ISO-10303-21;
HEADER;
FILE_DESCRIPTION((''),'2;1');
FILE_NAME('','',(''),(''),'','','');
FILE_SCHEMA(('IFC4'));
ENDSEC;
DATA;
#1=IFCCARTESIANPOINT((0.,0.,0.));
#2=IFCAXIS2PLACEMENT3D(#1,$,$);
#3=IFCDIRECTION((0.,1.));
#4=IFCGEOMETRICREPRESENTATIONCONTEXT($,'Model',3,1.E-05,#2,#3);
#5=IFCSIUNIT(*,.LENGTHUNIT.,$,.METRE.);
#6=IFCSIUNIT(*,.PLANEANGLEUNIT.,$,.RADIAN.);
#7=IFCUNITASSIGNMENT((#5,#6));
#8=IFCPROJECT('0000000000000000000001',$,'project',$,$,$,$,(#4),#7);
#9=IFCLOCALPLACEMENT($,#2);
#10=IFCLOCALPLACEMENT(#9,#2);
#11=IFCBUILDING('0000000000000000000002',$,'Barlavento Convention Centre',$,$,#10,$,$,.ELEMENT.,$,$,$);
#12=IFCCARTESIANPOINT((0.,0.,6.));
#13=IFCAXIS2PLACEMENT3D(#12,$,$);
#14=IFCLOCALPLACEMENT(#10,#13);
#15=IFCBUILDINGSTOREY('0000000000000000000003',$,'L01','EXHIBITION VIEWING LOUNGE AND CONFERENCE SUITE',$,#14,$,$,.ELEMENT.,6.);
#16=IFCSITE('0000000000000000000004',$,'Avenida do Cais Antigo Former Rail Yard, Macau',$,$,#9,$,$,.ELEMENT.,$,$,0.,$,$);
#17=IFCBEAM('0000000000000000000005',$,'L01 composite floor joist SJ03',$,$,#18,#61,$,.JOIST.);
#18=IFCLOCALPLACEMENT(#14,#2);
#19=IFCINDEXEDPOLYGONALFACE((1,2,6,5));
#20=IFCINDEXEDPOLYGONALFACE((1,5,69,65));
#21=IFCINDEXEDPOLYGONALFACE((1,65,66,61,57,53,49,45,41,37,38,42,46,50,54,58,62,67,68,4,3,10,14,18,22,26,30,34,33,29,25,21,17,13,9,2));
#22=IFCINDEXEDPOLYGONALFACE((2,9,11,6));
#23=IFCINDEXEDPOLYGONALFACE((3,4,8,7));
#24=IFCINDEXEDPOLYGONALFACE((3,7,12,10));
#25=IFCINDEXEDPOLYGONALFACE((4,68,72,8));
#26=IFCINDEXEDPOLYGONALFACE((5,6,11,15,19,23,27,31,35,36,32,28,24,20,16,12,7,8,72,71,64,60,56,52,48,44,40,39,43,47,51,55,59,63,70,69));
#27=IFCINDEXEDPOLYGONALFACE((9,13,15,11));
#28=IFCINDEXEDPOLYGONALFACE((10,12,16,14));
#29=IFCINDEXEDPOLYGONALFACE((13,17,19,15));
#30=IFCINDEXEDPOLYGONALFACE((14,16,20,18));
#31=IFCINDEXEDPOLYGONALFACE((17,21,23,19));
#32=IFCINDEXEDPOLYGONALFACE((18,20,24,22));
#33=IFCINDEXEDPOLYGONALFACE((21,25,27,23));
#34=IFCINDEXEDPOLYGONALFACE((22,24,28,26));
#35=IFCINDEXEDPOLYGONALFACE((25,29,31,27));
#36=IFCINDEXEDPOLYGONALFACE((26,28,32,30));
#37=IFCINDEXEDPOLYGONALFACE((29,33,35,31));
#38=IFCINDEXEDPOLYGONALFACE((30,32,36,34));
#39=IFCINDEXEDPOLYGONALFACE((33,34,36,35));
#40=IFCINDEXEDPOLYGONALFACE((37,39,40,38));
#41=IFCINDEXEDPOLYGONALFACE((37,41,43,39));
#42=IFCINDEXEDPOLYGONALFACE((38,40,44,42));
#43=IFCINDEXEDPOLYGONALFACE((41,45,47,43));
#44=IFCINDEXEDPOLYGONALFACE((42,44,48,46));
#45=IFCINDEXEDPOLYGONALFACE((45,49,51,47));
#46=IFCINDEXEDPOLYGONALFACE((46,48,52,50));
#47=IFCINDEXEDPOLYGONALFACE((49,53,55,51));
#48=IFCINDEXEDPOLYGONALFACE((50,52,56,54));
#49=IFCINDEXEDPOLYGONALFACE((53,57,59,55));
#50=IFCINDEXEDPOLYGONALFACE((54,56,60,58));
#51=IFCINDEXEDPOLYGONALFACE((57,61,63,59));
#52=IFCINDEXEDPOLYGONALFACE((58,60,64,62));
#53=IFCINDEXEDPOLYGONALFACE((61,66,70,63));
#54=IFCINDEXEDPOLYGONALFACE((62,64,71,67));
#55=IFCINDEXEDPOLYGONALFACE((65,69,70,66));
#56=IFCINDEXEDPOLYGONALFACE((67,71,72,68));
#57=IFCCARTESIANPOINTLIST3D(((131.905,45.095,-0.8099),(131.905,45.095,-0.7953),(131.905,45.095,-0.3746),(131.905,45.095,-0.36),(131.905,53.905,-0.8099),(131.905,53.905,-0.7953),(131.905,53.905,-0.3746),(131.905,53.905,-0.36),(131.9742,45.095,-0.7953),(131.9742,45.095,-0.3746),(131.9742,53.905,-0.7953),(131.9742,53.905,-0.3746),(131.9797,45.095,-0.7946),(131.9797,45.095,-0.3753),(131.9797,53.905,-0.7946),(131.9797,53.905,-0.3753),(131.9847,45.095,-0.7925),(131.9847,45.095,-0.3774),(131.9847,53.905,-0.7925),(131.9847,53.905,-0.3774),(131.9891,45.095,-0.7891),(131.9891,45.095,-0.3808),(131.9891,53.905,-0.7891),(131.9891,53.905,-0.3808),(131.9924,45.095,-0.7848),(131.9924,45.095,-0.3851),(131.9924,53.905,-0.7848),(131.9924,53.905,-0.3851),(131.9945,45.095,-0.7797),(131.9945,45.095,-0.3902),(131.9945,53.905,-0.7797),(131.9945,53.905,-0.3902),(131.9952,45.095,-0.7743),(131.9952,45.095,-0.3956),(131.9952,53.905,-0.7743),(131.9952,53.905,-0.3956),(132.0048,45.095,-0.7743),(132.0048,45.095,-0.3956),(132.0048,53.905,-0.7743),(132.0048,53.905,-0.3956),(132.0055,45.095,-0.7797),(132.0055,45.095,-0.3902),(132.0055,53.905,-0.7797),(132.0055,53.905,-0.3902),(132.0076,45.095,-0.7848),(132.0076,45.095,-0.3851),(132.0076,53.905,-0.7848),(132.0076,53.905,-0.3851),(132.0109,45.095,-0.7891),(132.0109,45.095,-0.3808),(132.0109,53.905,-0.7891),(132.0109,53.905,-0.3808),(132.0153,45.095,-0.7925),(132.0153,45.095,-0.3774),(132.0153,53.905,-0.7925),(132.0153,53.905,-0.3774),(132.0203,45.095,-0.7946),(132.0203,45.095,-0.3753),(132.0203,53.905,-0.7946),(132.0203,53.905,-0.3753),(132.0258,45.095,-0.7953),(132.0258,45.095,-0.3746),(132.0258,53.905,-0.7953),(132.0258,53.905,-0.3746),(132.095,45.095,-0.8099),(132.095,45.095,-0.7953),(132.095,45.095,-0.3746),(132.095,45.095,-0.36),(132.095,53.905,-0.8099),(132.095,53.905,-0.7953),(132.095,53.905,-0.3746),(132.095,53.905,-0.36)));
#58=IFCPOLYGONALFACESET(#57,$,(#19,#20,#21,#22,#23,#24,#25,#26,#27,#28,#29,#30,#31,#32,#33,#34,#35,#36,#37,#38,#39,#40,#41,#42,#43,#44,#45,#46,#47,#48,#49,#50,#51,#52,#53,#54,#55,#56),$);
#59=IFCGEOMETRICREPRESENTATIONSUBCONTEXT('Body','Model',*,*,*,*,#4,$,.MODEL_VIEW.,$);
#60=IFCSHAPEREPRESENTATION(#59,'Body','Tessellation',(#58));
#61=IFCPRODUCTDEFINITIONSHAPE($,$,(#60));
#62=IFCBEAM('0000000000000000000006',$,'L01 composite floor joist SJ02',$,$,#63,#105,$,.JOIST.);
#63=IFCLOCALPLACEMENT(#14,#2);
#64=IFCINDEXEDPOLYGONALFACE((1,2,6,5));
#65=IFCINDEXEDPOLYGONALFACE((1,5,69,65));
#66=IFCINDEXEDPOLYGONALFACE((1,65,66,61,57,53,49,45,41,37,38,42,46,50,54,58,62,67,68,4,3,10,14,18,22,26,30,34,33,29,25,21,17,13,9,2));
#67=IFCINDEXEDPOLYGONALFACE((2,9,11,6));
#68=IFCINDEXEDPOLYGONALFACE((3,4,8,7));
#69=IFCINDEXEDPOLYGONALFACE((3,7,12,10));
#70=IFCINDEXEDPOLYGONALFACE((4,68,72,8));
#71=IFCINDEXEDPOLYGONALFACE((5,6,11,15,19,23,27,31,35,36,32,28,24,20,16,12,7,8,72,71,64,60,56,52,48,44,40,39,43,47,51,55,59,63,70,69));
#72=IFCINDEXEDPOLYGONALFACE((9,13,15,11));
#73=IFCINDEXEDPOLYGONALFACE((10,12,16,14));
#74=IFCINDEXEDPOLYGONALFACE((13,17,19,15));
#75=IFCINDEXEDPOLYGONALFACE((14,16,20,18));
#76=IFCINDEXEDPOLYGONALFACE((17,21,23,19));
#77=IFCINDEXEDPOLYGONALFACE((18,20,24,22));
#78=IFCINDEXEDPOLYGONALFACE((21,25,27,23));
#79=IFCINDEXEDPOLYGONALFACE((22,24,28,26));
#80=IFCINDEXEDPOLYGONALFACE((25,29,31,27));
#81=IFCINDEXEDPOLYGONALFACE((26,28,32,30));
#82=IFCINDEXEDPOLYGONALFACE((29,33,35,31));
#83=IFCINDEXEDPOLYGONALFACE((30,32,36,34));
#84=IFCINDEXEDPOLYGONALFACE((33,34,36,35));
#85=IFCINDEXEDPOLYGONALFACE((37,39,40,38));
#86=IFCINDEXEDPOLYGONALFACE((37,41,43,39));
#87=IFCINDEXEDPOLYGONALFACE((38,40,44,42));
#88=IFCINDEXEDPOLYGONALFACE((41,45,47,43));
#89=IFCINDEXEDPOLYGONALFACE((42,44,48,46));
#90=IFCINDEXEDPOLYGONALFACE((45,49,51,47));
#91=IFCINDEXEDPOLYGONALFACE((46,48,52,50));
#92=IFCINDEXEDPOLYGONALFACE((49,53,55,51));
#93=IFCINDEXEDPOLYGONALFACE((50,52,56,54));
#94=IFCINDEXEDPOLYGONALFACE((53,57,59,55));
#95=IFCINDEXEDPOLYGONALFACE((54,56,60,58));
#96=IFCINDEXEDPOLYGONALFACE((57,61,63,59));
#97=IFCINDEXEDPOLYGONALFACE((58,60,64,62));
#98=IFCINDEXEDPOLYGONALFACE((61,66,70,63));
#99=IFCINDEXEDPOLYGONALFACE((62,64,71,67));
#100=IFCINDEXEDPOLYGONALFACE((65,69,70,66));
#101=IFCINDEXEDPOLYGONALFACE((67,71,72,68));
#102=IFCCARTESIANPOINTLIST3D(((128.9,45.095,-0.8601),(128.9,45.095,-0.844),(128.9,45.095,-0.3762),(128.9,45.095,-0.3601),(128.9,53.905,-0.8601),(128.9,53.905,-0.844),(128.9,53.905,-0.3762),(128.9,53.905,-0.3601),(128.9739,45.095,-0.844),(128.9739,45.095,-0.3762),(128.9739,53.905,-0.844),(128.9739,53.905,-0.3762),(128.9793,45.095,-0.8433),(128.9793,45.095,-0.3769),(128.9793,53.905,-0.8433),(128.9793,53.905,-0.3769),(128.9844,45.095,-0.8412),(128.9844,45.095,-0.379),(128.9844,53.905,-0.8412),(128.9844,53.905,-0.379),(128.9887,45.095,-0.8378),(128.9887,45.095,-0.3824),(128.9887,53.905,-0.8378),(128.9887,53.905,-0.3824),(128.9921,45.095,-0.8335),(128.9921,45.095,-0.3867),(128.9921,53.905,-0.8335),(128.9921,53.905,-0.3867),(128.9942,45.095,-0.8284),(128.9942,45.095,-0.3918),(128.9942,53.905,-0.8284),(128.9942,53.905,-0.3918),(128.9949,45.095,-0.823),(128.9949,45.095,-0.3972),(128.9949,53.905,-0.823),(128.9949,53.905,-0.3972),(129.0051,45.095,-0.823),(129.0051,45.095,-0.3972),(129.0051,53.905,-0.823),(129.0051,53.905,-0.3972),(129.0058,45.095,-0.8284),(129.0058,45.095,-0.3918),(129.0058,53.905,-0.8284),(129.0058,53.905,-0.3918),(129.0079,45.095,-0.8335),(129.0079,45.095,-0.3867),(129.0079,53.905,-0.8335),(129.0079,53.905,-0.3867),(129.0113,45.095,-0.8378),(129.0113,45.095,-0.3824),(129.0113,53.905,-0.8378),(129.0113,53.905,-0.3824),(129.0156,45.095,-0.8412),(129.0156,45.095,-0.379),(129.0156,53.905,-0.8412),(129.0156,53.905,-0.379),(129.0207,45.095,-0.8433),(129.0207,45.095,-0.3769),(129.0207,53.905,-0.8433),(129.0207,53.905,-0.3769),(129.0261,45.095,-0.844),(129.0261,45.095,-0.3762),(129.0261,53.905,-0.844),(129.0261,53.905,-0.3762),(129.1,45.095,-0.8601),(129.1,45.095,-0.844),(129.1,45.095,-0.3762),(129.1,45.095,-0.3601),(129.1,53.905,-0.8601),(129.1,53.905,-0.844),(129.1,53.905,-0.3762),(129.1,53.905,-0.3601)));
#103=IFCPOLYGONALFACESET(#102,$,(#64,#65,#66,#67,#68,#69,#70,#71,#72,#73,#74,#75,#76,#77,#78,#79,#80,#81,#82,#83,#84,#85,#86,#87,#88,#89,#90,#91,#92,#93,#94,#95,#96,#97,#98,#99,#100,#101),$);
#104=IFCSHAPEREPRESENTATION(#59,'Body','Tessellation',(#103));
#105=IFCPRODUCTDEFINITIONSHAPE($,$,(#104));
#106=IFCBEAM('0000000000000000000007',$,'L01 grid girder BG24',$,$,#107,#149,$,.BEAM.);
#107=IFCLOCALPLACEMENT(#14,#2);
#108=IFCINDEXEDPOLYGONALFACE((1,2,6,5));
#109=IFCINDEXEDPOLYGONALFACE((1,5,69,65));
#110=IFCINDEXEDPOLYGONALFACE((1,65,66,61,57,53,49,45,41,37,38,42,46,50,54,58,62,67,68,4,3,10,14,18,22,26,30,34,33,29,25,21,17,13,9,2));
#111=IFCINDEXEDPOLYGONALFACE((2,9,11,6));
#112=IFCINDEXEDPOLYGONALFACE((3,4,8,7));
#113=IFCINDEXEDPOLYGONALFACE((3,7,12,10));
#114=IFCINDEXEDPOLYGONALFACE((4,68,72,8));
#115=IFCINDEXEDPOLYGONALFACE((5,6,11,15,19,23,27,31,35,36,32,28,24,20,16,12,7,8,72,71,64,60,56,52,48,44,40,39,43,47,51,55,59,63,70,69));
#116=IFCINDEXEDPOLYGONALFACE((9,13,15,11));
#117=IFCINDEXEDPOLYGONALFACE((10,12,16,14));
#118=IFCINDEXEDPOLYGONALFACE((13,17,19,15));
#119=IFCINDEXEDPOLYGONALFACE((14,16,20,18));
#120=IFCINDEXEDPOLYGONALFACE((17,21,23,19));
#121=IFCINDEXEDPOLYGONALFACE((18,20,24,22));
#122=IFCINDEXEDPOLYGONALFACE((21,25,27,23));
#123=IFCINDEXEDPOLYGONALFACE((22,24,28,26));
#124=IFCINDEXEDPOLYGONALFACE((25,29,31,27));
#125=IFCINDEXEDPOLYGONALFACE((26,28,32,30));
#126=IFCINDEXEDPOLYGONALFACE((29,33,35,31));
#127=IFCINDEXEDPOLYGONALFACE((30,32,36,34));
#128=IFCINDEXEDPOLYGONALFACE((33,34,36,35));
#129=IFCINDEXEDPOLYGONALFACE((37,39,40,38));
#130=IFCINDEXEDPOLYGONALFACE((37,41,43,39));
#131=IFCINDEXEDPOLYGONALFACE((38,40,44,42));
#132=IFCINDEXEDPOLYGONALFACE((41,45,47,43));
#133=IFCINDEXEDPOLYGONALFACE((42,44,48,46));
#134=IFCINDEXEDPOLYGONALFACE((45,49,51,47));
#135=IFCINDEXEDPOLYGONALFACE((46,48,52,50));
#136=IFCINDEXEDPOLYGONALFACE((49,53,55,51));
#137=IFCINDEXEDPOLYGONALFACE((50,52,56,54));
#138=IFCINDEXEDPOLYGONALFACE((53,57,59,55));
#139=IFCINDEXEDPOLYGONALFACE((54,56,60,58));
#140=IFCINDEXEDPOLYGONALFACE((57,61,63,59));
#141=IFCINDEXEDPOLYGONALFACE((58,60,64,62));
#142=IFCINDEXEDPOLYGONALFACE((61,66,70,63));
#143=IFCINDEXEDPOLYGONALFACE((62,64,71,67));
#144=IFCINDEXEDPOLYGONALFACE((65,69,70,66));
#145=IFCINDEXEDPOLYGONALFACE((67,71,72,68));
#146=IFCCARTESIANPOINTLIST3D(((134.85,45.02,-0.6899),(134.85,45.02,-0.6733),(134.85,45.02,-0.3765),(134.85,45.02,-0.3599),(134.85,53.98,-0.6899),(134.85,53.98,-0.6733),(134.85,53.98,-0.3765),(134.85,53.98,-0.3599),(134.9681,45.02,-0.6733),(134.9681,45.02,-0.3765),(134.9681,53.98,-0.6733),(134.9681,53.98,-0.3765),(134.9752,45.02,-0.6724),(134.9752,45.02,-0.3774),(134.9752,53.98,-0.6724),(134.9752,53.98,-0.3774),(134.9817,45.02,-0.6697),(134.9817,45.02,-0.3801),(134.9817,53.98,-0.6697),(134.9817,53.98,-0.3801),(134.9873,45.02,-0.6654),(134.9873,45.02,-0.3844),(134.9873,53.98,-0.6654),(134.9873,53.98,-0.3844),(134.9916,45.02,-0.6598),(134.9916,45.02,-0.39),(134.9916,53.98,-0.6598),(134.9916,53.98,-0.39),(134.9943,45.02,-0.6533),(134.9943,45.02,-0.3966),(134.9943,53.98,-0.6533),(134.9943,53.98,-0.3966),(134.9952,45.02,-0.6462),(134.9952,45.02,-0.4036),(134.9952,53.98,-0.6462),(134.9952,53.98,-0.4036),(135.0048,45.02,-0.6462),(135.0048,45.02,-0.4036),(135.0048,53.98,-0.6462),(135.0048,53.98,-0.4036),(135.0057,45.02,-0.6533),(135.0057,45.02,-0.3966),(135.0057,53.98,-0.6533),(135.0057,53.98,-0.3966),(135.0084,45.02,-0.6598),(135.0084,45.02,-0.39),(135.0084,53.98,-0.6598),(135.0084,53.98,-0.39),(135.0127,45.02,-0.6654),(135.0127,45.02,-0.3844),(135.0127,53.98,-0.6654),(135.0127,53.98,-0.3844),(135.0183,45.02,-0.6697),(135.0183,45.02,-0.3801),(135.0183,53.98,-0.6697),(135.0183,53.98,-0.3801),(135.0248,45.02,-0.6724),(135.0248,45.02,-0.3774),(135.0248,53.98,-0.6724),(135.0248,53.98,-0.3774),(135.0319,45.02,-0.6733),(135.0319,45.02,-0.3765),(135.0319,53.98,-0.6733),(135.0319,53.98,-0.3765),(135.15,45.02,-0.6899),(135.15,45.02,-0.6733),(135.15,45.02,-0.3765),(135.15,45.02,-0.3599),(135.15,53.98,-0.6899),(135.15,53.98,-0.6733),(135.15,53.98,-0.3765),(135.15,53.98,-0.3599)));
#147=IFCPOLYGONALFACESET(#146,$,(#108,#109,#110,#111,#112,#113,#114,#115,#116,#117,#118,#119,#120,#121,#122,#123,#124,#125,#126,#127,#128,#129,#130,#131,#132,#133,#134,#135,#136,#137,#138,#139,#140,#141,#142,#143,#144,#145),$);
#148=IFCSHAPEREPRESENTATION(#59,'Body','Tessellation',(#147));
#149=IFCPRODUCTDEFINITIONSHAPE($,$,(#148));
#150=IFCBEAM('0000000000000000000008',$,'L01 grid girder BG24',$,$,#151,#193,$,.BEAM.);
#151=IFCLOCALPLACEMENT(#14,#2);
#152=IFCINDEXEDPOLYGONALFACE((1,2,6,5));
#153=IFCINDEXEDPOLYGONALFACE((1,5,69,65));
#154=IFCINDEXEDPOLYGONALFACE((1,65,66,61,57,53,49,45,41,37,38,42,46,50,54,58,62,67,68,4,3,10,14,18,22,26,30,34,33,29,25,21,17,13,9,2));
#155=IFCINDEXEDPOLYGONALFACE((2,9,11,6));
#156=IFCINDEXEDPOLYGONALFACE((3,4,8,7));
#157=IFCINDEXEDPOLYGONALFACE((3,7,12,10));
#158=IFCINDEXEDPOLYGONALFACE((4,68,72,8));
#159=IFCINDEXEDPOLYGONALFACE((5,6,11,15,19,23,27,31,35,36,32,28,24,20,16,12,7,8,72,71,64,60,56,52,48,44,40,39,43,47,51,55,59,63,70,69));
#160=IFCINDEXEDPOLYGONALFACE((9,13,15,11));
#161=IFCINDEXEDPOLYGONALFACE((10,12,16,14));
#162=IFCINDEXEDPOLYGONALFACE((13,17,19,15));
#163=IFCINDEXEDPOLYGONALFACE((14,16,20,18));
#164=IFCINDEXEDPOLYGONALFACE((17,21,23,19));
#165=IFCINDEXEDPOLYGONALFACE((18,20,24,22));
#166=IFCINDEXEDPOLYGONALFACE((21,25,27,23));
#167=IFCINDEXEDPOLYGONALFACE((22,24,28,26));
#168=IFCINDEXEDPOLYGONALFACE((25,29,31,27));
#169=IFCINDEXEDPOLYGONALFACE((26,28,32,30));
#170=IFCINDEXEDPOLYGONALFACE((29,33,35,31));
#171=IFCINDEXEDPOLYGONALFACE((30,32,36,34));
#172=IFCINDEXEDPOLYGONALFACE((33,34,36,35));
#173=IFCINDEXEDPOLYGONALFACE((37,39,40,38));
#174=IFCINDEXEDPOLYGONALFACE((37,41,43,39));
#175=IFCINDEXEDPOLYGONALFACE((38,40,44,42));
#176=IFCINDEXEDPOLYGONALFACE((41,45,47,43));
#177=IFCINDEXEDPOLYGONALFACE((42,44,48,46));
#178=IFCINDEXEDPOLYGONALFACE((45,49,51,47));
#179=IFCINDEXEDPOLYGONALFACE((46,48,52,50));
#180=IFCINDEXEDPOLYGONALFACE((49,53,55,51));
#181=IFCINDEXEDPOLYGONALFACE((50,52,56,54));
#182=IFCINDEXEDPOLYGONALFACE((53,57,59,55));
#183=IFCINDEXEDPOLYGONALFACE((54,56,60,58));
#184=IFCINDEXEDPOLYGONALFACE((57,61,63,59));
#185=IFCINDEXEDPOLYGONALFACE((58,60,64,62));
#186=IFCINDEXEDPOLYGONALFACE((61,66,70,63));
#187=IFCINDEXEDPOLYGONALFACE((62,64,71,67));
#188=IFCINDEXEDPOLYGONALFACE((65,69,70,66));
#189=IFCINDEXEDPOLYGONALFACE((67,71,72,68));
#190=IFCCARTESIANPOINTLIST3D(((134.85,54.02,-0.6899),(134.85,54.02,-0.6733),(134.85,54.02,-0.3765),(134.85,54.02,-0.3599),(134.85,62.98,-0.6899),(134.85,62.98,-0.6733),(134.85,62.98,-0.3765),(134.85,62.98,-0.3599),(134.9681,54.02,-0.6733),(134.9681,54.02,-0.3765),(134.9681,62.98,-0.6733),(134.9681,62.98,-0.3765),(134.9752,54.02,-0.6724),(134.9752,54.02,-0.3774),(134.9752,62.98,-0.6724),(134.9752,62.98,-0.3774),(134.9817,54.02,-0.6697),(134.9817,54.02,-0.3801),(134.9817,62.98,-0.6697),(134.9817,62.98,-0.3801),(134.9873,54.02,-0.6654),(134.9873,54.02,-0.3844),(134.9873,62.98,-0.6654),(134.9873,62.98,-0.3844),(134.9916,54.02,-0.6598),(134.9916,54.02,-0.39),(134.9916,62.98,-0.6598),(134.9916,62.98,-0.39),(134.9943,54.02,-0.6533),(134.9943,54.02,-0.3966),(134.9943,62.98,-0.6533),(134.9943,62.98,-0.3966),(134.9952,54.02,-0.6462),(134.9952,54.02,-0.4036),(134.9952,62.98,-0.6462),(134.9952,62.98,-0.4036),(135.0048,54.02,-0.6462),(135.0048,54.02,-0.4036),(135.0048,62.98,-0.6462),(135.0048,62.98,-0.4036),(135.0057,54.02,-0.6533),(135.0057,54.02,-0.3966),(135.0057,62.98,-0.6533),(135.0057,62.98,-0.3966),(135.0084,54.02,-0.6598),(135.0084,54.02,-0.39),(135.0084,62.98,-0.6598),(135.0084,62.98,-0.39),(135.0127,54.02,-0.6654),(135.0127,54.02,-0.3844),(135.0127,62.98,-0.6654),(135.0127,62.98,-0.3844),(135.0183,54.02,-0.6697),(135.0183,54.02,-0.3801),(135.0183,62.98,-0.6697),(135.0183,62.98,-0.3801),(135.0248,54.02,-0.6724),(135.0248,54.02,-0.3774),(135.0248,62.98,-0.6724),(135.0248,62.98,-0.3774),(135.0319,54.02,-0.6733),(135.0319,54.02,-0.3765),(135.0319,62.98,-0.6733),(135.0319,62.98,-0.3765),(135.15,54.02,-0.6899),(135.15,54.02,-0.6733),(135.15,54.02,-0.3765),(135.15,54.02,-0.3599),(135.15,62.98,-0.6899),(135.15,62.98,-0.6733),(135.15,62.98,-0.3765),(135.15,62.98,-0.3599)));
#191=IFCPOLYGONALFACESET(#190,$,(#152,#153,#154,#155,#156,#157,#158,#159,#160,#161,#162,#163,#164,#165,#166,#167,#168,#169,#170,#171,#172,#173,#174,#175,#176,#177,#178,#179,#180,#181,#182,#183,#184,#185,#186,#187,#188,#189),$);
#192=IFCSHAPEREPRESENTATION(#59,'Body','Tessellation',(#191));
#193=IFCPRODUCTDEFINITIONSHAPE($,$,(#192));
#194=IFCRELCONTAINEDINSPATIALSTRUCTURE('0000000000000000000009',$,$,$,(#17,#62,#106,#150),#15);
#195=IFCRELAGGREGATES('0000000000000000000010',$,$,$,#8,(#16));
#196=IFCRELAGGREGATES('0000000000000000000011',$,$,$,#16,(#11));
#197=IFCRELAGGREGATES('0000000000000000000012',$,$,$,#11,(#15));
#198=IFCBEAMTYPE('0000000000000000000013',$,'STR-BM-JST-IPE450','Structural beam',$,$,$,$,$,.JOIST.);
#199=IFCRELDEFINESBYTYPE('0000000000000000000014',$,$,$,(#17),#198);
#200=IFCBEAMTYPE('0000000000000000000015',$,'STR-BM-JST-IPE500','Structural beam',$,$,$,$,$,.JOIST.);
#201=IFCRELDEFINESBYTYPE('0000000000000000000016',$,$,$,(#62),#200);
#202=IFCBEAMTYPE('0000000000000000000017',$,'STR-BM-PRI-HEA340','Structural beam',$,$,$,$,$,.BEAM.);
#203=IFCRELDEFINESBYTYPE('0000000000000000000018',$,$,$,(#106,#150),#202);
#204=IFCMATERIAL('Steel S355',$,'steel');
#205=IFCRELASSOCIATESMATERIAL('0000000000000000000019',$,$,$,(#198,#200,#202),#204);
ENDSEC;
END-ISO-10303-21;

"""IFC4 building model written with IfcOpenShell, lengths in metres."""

from ifc_helpers import new_model, si_unit, direction, frame, origin, origin_2d, place, context, subcontext, project, spatial, i_section, extrude, material, material_profile, profile_set, type_object, element, save


model = new_model("IFC4")

# Units and contexts
model_context = context("Model", 3, precision=1e-05, world=origin(), true_north=direction((0.0, 1.0)))
body_context = subcontext(model_context, "Body", "Model", "MODEL_VIEW")
ifc_project = project(units=[si_unit("LENGTHUNIT", "METRE"), si_unit("PLANEANGLEUNIT", "RADIAN")], contexts=[model_context])

# Site, building, storey
site_placement = place(None, origin())
site = spatial("IfcSite", under=ifc_project, at=site_placement, Name="Avenida do Cais Antigo Former Rail Yard, Macau", CompositionType="ELEMENT", RefElevation=0.0)
building_placement = place(site_placement, origin())
building = spatial("IfcBuilding", under=site, at=building_placement, Name="Barlavento Convention Centre", CompositionType="ELEMENT")
storey_placement = place(building_placement, frame((0.0, 0.0, 6.0)))
storey = spatial("IfcBuildingStorey", under=building, at=storey_placement, Name="L01", Description="EXHIBITION VIEWING LOUNGE AND CONFERENCE SUITE", CompositionType="ELEMENT", Elevation=6.0)

# Shared definitions
ifc_material_1 = material(Name="Steel S355", Category="steel")

# Beams
ifc_material_profile_1 = material_profile(ifc_material_1, i_section(OverallWidth=0.1899, OverallDepth=0.45, WebThickness=0.0095, FlangeThickness=0.0146, FilletRadius=0.021, at=origin_2d()), Name="IPE 450")
ifc_profile_set_1 = profile_set([ifc_material_profile_1], Name="Steel S355")
beam_type_1 = type_object("IfcBeamType", Name="STR-BM-JST-IPE450", Description="Structural beam", PredefinedType="JOIST", material=ifc_profile_set_1)
beam_1_placement = place(storey_placement, frame((132.0, 45.095, -0.585), z_axis=(0.0, 1.0, 0.0), x_axis=(-1.0, 0.0, 0.0)))
element("IfcBeam", 1, at=beam_1_placement, inside=storey, type_object=beam_type_1, Name="L01 composite floor joist SJ03", PredefinedType="JOIST", context=body_context, shape_type="SweptSolid", body=[
    extrude(i_section(OverallWidth=0.1899, OverallDepth=0.45, WebThickness=0.0095, FlangeThickness=0.0146, FilletRadius=0.021, at=origin_2d()), origin(), (0.0, 0.0, 1.0), 8.8101),
])
ifc_material_profile_2 = material_profile(ifc_material_1, i_section(OverallWidth=0.2, OverallDepth=0.5, WebThickness=0.0103, FlangeThickness=0.0161, FilletRadius=0.021, at=origin_2d()), Name="IPE 500")
ifc_profile_set_2 = profile_set([ifc_material_profile_2], Name="Steel S355")
beam_type_2 = type_object("IfcBeamType", Name="STR-BM-JST-IPE500", Description="Structural beam", PredefinedType="JOIST", material=ifc_profile_set_2)
beam_2_placement = place(storey_placement, frame((129.0, 45.095, -0.6101), z_axis=(0.0, 1.0, 0.0), x_axis=(-1.0, 0.0, 0.0)))
element("IfcBeam", 2, at=beam_2_placement, inside=storey, type_object=beam_type_2, Name="L01 composite floor joist SJ02", PredefinedType="JOIST", context=body_context, shape_type="SweptSolid", body=[
    extrude(i_section(OverallWidth=0.2, OverallDepth=0.5, WebThickness=0.0103, FlangeThickness=0.0161, FilletRadius=0.021, at=origin_2d()), origin(), (0.0, 0.0, 1.0), 8.8101),
])
ifc_material_profile_3 = material_profile(ifc_material_1, i_section(OverallWidth=0.3, OverallDepth=0.3301, WebThickness=0.0095, FlangeThickness=0.0166, FilletRadius=0.0271, at=origin_2d()), Name="HEA 340")
ifc_profile_set_3 = profile_set([ifc_material_profile_3], Name="Steel S355")
beam_type_3 = type_object("IfcBeamType", Name="STR-BM-PRI-HEA340", Description="Structural beam", PredefinedType="BEAM", material=ifc_profile_set_3)
for number, where, z_axis, x_axis, name in (
    (3, (135.0, 45.02, -0.5249), (0.0, 1.0, 0.0), (-1.0, 0.0, 0.0), "L01 grid girder BG24"),
    (4, (135.0, 54.02, -0.5249), (0.0, 1.0, 0.0), (-1.0, 0.0, 0.0), "L01 grid girder BG24"),
):
    element("IfcBeam", number, at=place(storey_placement, frame(where, z_axis=z_axis, x_axis=x_axis)), inside=storey, type_object=beam_type_3, Name=name, PredefinedType="BEAM", context=body_context, shape_type="SweptSolid", body=[
        extrude(i_section(OverallWidth=0.3, OverallDepth=0.3301, WebThickness=0.0095, FlangeThickness=0.0166, FilletRadius=0.0271, at=origin_2d()), origin(), (0.0, 0.0, 1.0), 8.96),
    ])

save(model, "model.ifc")
